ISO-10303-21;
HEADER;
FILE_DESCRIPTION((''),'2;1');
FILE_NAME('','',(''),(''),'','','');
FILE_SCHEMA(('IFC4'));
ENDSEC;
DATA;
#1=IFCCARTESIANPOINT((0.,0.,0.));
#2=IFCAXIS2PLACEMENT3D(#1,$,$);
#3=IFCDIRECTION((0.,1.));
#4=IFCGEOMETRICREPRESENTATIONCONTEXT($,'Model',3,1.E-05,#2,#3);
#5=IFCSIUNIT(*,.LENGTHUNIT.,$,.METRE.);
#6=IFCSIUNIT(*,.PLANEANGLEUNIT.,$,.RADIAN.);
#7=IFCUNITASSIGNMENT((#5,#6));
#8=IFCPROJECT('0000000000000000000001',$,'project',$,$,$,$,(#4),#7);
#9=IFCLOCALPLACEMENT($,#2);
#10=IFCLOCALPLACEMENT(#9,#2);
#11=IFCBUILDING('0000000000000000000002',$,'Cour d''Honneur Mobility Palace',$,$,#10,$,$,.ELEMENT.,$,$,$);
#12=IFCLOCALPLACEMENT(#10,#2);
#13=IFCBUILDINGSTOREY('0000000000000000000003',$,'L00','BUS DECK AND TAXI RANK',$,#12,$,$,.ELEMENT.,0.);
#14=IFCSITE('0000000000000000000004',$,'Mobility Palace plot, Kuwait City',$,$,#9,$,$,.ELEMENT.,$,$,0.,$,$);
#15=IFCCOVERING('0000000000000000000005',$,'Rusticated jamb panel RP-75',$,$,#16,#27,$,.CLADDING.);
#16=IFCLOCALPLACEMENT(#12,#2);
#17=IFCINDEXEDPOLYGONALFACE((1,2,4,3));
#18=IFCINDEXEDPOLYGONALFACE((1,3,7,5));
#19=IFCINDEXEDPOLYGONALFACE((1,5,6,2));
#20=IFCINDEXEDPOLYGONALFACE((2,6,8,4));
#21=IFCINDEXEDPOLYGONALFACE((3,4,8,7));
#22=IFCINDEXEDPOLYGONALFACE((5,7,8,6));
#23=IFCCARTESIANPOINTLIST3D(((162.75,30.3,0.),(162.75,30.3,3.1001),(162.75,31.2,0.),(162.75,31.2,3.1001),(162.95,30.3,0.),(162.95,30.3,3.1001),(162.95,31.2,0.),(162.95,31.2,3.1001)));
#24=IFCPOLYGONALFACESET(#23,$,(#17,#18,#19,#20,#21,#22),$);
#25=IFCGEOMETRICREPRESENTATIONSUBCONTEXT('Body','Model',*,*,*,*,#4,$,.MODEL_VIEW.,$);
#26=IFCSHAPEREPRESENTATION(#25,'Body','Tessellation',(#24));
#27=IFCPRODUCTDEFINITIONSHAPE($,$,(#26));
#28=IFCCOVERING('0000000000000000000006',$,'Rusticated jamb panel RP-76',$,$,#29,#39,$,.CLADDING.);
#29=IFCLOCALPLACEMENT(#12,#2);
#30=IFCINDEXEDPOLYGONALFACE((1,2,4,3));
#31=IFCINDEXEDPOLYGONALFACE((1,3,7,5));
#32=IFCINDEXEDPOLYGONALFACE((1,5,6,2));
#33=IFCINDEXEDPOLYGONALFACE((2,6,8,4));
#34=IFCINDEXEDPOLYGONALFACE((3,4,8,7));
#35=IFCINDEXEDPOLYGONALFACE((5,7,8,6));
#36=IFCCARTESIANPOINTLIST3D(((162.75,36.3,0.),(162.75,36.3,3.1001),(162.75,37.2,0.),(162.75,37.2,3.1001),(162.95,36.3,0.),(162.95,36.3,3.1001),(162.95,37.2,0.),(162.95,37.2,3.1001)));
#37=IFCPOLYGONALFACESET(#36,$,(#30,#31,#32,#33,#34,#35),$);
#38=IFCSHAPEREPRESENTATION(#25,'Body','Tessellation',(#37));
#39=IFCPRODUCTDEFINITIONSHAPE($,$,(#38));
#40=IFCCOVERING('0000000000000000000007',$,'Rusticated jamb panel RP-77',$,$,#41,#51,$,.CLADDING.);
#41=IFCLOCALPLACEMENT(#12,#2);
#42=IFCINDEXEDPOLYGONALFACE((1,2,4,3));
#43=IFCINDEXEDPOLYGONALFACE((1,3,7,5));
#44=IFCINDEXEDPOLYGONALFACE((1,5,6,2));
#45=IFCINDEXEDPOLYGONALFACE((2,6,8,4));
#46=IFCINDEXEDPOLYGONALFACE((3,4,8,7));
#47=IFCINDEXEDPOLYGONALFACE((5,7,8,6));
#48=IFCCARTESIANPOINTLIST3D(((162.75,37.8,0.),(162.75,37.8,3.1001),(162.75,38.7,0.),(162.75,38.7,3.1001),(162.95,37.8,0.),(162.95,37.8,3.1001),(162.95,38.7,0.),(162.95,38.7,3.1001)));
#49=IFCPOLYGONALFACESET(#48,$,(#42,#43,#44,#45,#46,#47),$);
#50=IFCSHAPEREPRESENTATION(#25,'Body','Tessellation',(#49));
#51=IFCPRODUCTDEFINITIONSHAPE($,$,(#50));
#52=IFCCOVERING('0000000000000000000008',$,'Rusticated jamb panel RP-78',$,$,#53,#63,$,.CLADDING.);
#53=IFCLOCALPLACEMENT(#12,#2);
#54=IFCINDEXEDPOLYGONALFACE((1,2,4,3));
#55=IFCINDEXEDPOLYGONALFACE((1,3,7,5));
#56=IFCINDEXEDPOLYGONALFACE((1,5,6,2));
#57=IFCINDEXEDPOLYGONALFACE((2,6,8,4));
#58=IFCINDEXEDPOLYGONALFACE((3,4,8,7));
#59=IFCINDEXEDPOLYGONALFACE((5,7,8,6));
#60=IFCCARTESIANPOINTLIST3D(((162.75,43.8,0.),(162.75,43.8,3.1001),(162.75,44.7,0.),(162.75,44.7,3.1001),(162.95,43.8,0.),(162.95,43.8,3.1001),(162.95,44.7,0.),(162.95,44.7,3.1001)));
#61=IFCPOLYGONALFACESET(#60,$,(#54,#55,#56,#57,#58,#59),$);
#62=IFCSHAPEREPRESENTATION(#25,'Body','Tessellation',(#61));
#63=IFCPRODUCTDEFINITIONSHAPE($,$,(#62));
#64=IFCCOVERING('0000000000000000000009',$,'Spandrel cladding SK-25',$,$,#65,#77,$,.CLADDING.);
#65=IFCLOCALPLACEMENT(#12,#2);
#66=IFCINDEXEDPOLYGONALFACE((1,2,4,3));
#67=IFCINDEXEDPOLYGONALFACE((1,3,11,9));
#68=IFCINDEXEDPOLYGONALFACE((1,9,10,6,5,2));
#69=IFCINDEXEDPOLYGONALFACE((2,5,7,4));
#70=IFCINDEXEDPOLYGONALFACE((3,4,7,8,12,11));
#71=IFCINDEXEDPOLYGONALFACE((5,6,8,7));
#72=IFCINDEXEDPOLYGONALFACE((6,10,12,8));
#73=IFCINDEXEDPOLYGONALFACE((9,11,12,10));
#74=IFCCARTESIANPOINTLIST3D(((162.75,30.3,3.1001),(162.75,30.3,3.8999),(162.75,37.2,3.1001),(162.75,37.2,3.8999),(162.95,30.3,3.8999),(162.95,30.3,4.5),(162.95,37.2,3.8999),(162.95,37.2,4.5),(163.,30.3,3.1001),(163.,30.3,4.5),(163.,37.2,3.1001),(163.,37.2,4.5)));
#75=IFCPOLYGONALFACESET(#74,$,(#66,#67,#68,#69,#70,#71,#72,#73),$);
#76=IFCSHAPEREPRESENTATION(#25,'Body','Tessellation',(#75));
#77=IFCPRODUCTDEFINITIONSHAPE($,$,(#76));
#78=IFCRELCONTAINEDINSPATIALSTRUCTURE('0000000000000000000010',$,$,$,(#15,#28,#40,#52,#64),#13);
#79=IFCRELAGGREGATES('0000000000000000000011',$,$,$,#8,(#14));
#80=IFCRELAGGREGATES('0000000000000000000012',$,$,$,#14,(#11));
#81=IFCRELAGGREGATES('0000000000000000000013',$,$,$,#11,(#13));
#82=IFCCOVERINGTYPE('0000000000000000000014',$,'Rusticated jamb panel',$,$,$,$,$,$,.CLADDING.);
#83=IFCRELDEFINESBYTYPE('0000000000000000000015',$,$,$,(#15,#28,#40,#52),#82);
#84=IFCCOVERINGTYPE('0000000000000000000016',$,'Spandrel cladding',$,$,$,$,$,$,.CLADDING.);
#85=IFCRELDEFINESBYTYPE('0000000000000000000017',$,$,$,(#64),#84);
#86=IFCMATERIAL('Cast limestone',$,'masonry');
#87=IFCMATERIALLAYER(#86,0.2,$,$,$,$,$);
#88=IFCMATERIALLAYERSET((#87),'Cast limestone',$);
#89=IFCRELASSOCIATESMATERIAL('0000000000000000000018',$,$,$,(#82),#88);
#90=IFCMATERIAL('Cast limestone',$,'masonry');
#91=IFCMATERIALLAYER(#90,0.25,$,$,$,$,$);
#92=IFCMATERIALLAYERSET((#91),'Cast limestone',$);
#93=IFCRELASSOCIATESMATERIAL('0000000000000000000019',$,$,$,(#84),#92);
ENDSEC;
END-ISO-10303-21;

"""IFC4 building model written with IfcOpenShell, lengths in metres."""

from ifc_helpers import new_model, si_unit, direction, frame, origin, place, context, subcontext, project, spatial, polyline, outline, extrude, material, layer, layer_set, type_object, element, save


model = new_model("IFC4")

# Units and contexts
model_context = context("Model", 3, precision=1e-05, world=origin(), true_north=direction((0.0, 1.0)))
body_context = subcontext(model_context, "Body", "Model", "MODEL_VIEW")
ifc_project = project(units=[si_unit("LENGTHUNIT", "METRE"), si_unit("PLANEANGLEUNIT", "RADIAN")], contexts=[model_context])

# Site, building, storey
site_placement = place(None, origin())
site = spatial("IfcSite", under=ifc_project, at=site_placement, Name="Mobility Palace plot, Kuwait City", CompositionType="ELEMENT", RefElevation=0.0)
building_placement = place(site_placement, origin())
building = spatial("IfcBuilding", under=site, at=building_placement, Name="Cour d'Honneur Mobility Palace", CompositionType="ELEMENT")
storey_placement = place(building_placement, origin())
storey = spatial("IfcBuildingStorey", under=building, at=storey_placement, Name="L00", Description="BUS DECK AND TAXI RANK", CompositionType="ELEMENT", Elevation=0.0)

# Coverings
ifc_material_1 = material(Name="Cast limestone", Category="masonry")
ifc_layer_1 = layer(ifc_material_1, 0.2)
ifc_layer_set_1 = layer_set([ifc_layer_1], Name="Cast limestone")
covering_type_1 = type_object("IfcCoveringType", Name="Rusticated jamb panel", PredefinedType="CLADDING", material=ifc_layer_set_1)
for number, where, z_axis, x_axis, name in (
    (1, (162.95, 30.3, 0.0), (1.0, 0.0, 0.0), (0.0, 1.0, 0.0), "Rusticated jamb panel RP-75"),
    (2, (162.95, 36.3, 0.0), (1.0, 0.0, 0.0), (0.0, 1.0, 0.0), "Rusticated jamb panel RP-76"),
    (3, (162.95, 37.8, 0.0), (1.0, 0.0, 0.0), (0.0, 1.0, 0.0), "Rusticated jamb panel RP-77"),
    (4, (162.95, 43.8, 0.0), (1.0, 0.0, 0.0), (0.0, 1.0, 0.0), "Rusticated jamb panel RP-78"),
):
    element("IfcCovering", number, at=place(storey_placement, frame(where, z_axis=z_axis, x_axis=x_axis)), inside=storey, type_object=covering_type_1, Name=name, PredefinedType="CLADDING", context=body_context, shape_type="SweptSolid", body=[
        extrude(outline(polyline([(0.0, 0.0), (0.8999, 0.0), (0.8999, 3.1001), (0.0, 3.1001), (0.0, 0.0)])), origin(), (0.0, 0.0, -1.0), 0.2),
    ])
ifc_material_2 = material(Name="Cast limestone", Category="masonry")
ifc_layer_2 = layer(ifc_material_2, 0.25)
ifc_layer_set_2 = layer_set([ifc_layer_2], Name="Cast limestone")
covering_type_2 = type_object("IfcCoveringType", Name="Spandrel cladding", PredefinedType="CLADDING", material=ifc_layer_set_2)
covering_1_placement = place(storey_placement, frame((162.75, 30.3, 3.1001), z_axis=(0.0, -1.0, 0.0), x_axis=(1.0, 0.0, 0.0)))
element("IfcCovering", 5, at=covering_1_placement, inside=storey, type_object=covering_type_2, Name="Spandrel cladding SK-25", PredefinedType="CLADDING", context=body_context, shape_type="SweptSolid", body=[
    extrude(outline(polyline([(0.0, 0.0), (0.25, 0.0), (0.25, 1.3999), (0.2, 1.3999), (0.2, 0.7998), (0.0, 0.7998), (0.0, 0.0)])), origin(), (0.0, 0.0, -1.0), 6.8999),
])

save(model, "model.ifc")
